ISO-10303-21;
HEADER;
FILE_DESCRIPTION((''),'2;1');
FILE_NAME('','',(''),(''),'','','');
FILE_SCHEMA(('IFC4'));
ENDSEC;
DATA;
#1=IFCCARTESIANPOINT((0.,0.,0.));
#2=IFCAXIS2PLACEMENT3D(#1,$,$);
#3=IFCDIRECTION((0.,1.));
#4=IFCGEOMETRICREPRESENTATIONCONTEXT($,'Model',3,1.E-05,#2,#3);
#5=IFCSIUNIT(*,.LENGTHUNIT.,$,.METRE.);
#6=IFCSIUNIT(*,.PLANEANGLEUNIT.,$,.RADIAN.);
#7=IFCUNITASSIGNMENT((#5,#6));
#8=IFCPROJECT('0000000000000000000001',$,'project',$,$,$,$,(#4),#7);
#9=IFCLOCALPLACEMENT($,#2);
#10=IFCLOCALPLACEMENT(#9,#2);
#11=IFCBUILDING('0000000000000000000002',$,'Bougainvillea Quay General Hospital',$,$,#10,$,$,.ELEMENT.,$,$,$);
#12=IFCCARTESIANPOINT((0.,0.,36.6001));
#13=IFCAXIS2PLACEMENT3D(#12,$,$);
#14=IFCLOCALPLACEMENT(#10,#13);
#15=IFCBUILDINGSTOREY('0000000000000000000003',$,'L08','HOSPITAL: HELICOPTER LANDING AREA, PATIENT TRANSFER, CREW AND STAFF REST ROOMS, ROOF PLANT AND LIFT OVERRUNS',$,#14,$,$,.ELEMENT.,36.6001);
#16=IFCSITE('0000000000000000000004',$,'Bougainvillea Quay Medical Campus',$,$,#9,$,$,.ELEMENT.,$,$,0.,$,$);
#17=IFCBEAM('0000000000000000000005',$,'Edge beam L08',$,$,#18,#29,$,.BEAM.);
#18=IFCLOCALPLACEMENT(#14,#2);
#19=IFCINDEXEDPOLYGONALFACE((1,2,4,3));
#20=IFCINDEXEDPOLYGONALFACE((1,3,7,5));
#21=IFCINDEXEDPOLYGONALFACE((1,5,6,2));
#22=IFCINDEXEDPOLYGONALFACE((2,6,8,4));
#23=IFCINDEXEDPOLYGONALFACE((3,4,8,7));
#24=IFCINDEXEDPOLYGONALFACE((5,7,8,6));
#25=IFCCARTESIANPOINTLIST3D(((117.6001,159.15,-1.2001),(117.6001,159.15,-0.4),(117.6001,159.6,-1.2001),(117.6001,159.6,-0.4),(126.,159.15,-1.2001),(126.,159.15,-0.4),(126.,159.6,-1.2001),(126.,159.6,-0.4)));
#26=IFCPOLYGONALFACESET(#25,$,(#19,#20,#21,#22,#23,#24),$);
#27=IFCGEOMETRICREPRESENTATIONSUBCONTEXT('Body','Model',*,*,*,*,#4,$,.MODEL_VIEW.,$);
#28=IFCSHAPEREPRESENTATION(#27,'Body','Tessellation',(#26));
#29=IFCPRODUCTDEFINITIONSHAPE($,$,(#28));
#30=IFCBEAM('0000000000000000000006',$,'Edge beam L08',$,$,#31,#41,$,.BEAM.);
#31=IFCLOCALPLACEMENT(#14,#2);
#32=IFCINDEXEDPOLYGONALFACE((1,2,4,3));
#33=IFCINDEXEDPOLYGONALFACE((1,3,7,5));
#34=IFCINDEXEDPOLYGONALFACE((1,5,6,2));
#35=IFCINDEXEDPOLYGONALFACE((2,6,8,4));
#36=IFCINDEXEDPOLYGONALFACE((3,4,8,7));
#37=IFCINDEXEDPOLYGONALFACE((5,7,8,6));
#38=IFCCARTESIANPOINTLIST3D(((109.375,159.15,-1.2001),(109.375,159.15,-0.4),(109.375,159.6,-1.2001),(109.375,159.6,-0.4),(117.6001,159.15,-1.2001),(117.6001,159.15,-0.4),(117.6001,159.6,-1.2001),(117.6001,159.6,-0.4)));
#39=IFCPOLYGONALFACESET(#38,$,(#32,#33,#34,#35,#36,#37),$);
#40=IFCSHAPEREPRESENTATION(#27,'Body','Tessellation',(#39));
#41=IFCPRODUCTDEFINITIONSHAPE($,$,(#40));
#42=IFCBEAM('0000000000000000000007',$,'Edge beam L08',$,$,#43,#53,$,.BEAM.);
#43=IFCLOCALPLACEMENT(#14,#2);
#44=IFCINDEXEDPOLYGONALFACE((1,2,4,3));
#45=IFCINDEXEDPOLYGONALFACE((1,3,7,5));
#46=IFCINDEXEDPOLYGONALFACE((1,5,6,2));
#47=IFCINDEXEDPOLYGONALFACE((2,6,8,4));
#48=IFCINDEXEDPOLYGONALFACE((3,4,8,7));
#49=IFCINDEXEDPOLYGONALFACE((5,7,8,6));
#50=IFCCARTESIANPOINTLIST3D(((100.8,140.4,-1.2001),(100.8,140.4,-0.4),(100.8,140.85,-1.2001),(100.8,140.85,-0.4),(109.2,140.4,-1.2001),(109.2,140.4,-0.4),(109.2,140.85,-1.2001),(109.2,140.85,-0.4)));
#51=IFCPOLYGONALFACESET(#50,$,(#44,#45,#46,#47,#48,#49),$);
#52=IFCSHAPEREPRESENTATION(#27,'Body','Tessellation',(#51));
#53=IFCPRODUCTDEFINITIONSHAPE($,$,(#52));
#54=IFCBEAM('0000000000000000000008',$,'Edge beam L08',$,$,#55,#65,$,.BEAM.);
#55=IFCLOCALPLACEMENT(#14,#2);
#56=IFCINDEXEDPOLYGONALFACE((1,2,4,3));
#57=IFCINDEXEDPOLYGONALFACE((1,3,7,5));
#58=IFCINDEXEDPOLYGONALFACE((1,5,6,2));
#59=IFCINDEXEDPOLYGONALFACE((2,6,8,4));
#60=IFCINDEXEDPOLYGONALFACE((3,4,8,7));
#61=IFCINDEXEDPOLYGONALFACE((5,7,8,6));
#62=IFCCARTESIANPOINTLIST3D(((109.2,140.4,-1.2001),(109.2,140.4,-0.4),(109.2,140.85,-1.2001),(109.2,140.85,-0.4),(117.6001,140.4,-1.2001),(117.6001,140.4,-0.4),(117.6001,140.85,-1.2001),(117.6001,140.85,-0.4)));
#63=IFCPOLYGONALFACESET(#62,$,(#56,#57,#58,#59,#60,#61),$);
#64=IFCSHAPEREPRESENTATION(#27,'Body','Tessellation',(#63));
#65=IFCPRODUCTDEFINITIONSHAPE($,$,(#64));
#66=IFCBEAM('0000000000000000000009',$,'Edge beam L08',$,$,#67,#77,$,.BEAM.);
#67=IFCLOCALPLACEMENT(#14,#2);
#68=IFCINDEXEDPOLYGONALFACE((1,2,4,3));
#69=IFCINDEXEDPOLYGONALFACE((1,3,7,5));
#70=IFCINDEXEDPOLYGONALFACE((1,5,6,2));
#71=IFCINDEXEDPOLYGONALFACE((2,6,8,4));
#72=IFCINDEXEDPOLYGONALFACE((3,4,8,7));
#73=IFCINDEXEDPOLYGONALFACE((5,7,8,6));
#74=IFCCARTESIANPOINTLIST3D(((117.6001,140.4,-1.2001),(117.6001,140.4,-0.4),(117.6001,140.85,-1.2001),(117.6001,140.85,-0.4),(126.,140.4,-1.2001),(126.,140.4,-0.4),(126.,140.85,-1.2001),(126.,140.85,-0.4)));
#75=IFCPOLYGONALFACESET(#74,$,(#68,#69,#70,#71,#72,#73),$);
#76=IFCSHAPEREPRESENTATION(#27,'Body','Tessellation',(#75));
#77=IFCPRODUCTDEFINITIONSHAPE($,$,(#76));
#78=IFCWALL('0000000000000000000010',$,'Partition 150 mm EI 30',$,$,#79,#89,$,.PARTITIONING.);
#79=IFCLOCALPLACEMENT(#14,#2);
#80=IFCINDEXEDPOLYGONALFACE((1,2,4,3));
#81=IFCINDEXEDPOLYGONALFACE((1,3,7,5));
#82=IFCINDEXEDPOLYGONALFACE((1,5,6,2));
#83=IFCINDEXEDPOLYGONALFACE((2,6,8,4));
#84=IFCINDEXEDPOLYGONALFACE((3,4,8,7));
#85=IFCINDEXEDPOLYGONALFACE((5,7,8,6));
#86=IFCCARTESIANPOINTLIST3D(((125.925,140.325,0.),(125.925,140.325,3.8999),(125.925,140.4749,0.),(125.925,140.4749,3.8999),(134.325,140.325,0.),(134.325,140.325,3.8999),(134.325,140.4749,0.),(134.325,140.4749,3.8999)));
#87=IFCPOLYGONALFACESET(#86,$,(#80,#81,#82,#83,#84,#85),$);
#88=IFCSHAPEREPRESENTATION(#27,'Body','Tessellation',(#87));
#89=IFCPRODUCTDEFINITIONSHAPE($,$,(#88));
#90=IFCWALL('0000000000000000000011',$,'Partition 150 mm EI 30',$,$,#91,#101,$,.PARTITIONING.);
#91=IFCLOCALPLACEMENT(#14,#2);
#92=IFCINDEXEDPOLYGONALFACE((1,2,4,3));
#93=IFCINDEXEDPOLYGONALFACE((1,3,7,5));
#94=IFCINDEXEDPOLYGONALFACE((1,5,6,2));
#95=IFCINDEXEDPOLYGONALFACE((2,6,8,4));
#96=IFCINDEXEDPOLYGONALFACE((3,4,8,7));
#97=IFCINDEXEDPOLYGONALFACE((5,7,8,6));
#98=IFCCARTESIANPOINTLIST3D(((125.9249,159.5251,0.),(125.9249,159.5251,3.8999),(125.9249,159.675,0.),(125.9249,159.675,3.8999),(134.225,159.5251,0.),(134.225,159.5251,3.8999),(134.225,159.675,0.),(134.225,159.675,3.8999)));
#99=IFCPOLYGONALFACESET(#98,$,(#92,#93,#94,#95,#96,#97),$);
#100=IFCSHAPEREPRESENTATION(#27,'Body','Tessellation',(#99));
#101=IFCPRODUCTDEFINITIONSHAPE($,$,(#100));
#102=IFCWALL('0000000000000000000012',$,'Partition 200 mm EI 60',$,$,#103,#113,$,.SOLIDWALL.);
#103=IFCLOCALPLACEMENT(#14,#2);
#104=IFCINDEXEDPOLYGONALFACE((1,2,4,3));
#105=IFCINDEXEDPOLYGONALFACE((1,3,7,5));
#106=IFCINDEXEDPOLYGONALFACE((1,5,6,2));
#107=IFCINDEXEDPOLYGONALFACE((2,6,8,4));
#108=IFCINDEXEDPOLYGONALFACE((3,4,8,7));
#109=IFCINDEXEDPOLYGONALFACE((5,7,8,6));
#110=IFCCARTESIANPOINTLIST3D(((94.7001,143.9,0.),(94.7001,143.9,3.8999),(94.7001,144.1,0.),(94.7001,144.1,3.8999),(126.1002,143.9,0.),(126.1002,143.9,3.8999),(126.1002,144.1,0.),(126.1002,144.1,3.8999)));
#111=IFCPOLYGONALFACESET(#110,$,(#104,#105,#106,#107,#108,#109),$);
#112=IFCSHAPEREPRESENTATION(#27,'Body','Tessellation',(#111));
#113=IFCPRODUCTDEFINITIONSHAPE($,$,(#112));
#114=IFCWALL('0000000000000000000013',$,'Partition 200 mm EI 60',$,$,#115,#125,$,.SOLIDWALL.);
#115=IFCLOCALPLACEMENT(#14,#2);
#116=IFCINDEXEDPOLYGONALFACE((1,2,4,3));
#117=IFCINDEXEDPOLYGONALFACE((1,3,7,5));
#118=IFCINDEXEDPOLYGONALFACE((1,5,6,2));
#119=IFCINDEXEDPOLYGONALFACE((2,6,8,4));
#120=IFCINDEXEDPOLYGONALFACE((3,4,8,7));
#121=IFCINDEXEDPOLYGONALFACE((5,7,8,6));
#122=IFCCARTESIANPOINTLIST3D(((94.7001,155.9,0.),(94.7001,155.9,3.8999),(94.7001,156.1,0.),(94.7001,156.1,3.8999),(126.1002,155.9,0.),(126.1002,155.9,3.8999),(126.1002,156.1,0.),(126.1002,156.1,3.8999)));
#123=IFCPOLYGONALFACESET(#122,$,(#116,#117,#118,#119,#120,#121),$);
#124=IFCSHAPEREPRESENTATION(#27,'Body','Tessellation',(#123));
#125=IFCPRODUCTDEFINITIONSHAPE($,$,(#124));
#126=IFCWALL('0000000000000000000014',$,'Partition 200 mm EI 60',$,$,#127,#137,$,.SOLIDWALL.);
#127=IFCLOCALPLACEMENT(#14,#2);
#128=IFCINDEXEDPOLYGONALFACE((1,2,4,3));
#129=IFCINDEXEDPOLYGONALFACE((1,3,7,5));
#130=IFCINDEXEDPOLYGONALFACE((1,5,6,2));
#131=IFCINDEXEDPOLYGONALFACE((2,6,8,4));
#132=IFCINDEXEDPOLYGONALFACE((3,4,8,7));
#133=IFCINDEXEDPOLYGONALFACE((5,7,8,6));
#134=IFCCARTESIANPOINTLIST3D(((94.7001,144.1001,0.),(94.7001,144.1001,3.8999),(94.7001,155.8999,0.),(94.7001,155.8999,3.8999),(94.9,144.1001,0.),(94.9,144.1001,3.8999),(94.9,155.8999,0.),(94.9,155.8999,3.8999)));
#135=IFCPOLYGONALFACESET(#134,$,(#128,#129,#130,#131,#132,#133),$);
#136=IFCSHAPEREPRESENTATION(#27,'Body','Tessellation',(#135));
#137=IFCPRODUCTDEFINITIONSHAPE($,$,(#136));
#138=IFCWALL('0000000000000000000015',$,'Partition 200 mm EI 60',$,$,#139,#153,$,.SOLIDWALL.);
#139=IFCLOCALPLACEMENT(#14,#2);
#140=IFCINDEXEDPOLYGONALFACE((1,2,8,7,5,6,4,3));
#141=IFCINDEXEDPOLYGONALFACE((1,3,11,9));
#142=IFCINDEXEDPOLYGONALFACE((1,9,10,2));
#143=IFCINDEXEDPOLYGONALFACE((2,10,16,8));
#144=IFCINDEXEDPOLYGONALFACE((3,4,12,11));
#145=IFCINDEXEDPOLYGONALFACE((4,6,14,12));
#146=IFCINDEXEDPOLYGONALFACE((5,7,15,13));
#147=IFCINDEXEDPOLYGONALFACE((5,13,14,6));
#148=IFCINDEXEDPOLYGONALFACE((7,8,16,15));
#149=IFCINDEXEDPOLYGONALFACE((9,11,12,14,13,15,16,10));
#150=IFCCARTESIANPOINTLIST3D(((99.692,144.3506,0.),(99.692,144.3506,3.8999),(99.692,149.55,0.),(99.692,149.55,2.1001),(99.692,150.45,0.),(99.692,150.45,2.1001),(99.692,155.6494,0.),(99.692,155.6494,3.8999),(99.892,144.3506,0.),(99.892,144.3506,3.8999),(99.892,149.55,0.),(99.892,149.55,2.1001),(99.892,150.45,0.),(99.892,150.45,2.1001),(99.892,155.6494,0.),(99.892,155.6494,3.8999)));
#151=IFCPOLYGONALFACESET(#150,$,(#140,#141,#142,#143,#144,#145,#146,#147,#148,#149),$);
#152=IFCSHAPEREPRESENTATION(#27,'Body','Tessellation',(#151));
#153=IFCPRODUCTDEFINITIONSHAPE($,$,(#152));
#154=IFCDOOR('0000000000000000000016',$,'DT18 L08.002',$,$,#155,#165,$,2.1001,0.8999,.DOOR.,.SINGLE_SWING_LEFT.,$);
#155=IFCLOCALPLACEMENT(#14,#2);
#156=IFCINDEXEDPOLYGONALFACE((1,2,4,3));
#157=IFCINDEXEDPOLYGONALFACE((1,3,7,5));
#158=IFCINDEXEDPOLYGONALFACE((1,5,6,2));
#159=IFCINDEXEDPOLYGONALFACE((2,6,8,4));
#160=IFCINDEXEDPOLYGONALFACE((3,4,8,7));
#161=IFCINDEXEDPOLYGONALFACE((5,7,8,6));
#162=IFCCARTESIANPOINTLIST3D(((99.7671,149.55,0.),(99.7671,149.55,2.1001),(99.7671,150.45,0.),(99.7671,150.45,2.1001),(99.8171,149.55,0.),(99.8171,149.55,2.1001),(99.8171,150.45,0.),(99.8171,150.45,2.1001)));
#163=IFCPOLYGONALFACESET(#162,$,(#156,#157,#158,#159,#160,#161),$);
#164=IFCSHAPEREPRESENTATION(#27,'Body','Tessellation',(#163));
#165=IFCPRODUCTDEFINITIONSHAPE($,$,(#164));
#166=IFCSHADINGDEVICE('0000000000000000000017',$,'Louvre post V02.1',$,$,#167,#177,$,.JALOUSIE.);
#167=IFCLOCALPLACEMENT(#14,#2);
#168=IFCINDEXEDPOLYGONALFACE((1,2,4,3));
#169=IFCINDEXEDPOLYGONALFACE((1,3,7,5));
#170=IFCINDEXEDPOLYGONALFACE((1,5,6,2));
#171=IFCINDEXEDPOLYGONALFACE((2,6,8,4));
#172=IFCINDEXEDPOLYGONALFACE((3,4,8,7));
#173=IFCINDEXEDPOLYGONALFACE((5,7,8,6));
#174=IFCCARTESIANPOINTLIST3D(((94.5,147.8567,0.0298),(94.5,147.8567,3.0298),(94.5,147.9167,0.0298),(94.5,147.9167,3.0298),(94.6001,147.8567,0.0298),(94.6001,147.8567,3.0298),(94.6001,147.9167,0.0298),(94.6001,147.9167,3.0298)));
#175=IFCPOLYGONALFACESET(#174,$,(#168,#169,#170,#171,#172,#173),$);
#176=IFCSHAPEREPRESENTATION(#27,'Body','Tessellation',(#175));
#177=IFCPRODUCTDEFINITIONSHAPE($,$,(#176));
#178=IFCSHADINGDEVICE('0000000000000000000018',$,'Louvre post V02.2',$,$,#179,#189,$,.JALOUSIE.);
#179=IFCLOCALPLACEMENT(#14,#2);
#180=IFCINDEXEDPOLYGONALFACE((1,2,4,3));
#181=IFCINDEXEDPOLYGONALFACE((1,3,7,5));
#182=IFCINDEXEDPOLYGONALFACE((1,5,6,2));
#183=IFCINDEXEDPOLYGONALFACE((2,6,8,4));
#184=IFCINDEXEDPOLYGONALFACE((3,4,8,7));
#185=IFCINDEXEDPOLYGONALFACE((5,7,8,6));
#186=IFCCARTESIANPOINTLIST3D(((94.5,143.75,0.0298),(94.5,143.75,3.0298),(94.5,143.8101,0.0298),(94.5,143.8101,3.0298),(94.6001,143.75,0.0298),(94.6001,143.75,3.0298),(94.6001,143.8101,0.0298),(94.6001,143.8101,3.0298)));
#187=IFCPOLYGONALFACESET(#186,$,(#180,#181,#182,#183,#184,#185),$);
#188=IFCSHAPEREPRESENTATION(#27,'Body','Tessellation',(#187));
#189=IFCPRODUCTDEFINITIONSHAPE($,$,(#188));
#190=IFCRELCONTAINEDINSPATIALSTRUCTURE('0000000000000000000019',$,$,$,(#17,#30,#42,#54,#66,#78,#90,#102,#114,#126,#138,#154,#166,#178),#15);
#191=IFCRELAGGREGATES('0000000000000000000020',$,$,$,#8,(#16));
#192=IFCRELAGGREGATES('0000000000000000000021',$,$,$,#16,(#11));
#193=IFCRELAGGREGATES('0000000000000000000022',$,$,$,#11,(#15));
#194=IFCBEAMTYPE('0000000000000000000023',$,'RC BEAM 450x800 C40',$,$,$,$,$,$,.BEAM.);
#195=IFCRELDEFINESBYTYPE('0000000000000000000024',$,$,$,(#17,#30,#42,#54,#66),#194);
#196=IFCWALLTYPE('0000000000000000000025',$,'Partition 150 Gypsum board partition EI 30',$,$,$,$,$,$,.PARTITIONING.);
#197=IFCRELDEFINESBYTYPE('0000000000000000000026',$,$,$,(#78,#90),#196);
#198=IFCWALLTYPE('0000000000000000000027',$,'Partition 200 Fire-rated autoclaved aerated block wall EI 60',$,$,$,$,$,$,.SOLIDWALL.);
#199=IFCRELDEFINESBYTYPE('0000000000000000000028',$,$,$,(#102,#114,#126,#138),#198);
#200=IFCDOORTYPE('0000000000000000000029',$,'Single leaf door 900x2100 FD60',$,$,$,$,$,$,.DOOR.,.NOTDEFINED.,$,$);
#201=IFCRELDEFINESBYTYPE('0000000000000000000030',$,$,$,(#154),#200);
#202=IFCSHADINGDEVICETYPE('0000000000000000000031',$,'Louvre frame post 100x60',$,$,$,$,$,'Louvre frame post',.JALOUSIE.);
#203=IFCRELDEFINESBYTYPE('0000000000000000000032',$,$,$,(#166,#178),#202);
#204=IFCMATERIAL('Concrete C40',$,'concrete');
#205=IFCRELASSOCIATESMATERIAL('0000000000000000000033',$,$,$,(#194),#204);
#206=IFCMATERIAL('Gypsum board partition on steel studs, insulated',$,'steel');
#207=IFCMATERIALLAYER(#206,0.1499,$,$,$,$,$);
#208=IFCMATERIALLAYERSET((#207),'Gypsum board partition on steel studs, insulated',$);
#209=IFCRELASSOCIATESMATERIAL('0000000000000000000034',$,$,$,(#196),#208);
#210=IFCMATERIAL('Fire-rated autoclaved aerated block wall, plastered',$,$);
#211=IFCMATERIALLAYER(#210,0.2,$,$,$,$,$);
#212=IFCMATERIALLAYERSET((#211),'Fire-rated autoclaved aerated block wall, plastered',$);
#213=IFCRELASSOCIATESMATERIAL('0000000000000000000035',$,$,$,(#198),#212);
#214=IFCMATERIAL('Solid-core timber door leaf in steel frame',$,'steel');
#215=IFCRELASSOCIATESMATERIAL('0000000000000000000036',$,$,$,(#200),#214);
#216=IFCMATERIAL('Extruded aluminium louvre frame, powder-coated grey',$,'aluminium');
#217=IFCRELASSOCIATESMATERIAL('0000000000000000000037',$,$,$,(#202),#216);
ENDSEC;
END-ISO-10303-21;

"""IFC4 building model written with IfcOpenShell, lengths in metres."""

from ifc_helpers import new_model, si_unit, direction, frame, frame_2d, origin, origin_2d, place, context, subcontext, project, spatial, rectangle, extrude, material, layer, layer_set, material_profile, profile_set, type_object, element, fill, save


model = new_model("IFC4")

# Units and contexts
model_context = context("Model", 3, precision=1e-05, world=origin(), true_north=direction((0.0, 1.0)))
body_context = subcontext(model_context, "Body", "Model", "MODEL_VIEW")
ifc_project = project(units=[si_unit("LENGTHUNIT", "METRE"), si_unit("PLANEANGLEUNIT", "RADIAN")], contexts=[model_context])

# Site, building, storey
site_placement = place(None, origin())
site = spatial("IfcSite", under=ifc_project, at=site_placement, Name="Bougainvillea Quay Medical Campus", CompositionType="ELEMENT", RefElevation=0.0)
building_placement = place(site_placement, origin())
building = spatial("IfcBuilding", under=site, at=building_placement, Name="Bougainvillea Quay General Hospital", CompositionType="ELEMENT")
storey_placement = place(building_placement, frame((0.0, 0.0, 36.6001)))
storey = spatial("IfcBuildingStorey", under=building, at=storey_placement, Name="L08", Description="HOSPITAL: HELICOPTER LANDING AREA, PATIENT TRANSFER, CREW AND STAFF REST ROOMS, ROOF PLANT AND LIFT OVERRUNS", CompositionType="ELEMENT", Elevation=36.6001)

# Beams
ifc_material_1 = material(Name="Concrete C40", Category="concrete")
ifc_material_profile_1 = material_profile(ifc_material_1, rectangle(XDim=0.45, YDim=0.8, at=origin_2d()))
ifc_profile_set_1 = profile_set([ifc_material_profile_1], Name="Concrete C40")
beam_type = type_object("IfcBeamType", Name="RC BEAM 450x800 C40", PredefinedType="BEAM", material=ifc_profile_set_1)
beam_1_placement = place(storey_placement, frame((126.0, 159.375, -0.8), z_axis=(-1.0, 0.0, 0.0), x_axis=(0.0, -1.0, 0.0)))
element("IfcBeam", 1, at=beam_1_placement, inside=storey, type_object=beam_type, Name="Edge beam L08", PredefinedType="BEAM", context=body_context, shape_type="SweptSolid", body=[
    extrude(rectangle(XDim=0.45, YDim=0.8, at=origin_2d()), origin(), (0.0, 0.0, 1.0), 8.3999),
])
beam_2_placement = place(storey_placement, frame((117.6001, 159.375, -0.8), z_axis=(-1.0, 0.0, 0.0), x_axis=(0.0, -1.0, 0.0)))
element("IfcBeam", 2, at=beam_2_placement, inside=storey, type_object=beam_type, Name="Edge beam L08", PredefinedType="BEAM", context=body_context, shape_type="SweptSolid", body=[
    extrude(rectangle(XDim=0.45, YDim=0.8, at=origin_2d()), origin(), (0.0, 0.0, 1.0), 8.2251),
])
beam_3_placement = place(storey_placement, frame((100.8, 140.625, -0.8), z_axis=(1.0, 0.0, 0.0), x_axis=(0.0, 1.0, 0.0)))
element("IfcBeam", 3, at=beam_3_placement, inside=storey, type_object=beam_type, Name="Edge beam L08", PredefinedType="BEAM", context=body_context, shape_type="SweptSolid", body=[
    extrude(rectangle(XDim=0.45, YDim=0.8, at=origin_2d()), origin(), (0.0, 0.0, 1.0), 8.3999),
])
beam_4_placement = place(storey_placement, frame((109.2, 140.625, -0.8), z_axis=(1.0, 0.0, 0.0), x_axis=(0.0, 1.0, 0.0)))
element("IfcBeam", 4, at=beam_4_placement, inside=storey, type_object=beam_type, Name="Edge beam L08", PredefinedType="BEAM", context=body_context, shape_type="SweptSolid", body=[
    extrude(rectangle(XDim=0.45, YDim=0.8, at=origin_2d()), origin(), (0.0, 0.0, 1.0), 8.4001),
])
beam_5_placement = place(storey_placement, frame((117.6001, 140.625, -0.8), z_axis=(1.0, 0.0, 0.0), x_axis=(0.0, 1.0, 0.0)))
element("IfcBeam", 5, at=beam_5_placement, inside=storey, type_object=beam_type, Name="Edge beam L08", PredefinedType="BEAM", context=body_context, shape_type="SweptSolid", body=[
    extrude(rectangle(XDim=0.45, YDim=0.8, at=origin_2d()), origin(), (0.0, 0.0, 1.0), 8.3999),
])

# Walls
ifc_material_2 = material(Name="Gypsum board partition on steel studs, insulated", Category="steel")
ifc_layer_1 = layer(ifc_material_2, 0.1499)
ifc_layer_set_1 = layer_set([ifc_layer_1], Name="Gypsum board partition on steel studs, insulated")
wall_type_1 = type_object("IfcWallType", Name="Partition 150 Gypsum board partition EI 30", PredefinedType="PARTITIONING", material=ifc_layer_set_1)
wall_1_placement = place(storey_placement, frame((125.925, 140.3999, 0.0), z_axis=(0.0, 0.0, 1.0), x_axis=(1.0, 0.0, 0.0)))
element("IfcWall", 6, at=wall_1_placement, inside=storey, type_object=wall_type_1, Name="Partition 150 mm EI 30", PredefinedType="PARTITIONING", context=body_context, shape_type="SweptSolid", body=[
    extrude(rectangle(XDim=8.3999, YDim=0.1499, at=frame_2d((4.2, 0.0))), origin(), (0.0, 0.0, 1.0), 3.8999),
])
wall_2_placement = place(storey_placement, frame((125.925, 159.6001, 0.0), z_axis=(0.0, 0.0, 1.0), x_axis=(1.0, 0.0, 0.0)))
element("IfcWall", 7, at=wall_2_placement, inside=storey, type_object=wall_type_1, Name="Partition 150 mm EI 30", PredefinedType="PARTITIONING", context=body_context, shape_type="SweptSolid", body=[
    extrude(rectangle(XDim=8.3, YDim=0.1499, at=frame_2d((4.1499, 0.0))), origin(), (0.0, 0.0, 1.0), 3.8999),
])
ifc_material_3 = material(Name="Fire-rated autoclaved aerated block wall, plastered")
ifc_layer_2 = layer(ifc_material_3, 0.2)
ifc_layer_set_2 = layer_set([ifc_layer_2], Name="Fire-rated autoclaved aerated block wall, plastered")
wall_type_2 = type_object("IfcWallType", Name="Partition 200 Fire-rated autoclaved aerated block wall EI 60", PredefinedType="SOLIDWALL", material=ifc_layer_set_2)
for number, where, z_axis, x_axis, name in (
    (8, (94.7, 144.0, 0.0), (0.0, 0.0, 1.0), (1.0, 0.0, 0.0), "Partition 200 mm EI 60"),
    (9, (94.7, 156.0, 0.0), (0.0, 0.0, 1.0), (1.0, 0.0, 0.0), "Partition 200 mm EI 60"),
):
    element("IfcWall", number, at=place(storey_placement, frame(where, z_axis=z_axis, x_axis=x_axis)), inside=storey, type_object=wall_type_2, Name=name, PredefinedType="SOLIDWALL", context=body_context, shape_type="SweptSolid", body=[
        extrude(rectangle(XDim=31.4001, YDim=0.2, at=frame_2d((15.7002, 0.0))), origin(), (0.0, 0.0, 1.0), 3.8999),
    ])
wall_3_placement = place(storey_placement, frame((94.8, 144.1001, 0.0), z_axis=(0.0, 0.0, 1.0), x_axis=(0.0, 1.0, 0.0)))
element("IfcWall", 10, at=wall_3_placement, inside=storey, type_object=wall_type_2, Name="Partition 200 mm EI 60", PredefinedType="SOLIDWALL", context=body_context, shape_type="SweptSolid", body=[
    extrude(rectangle(XDim=11.7998, YDim=0.2, at=frame_2d((5.8999, 0.0))), origin(), (0.0, 0.0, 1.0), 3.8999),
])

# Wall, opening, door
wall_4_placement = place(storey_placement, frame((99.792, 144.3506, 0.0), z_axis=(0.0, 0.0, 1.0), x_axis=(0.0, 1.0, 0.0)))
wall_4 = element("IfcWall", 11, at=wall_4_placement, inside=storey, type_object=wall_type_2, Name="Partition 200 mm EI 60", PredefinedType="SOLIDWALL", context=body_context, shape_type="SweptSolid", body=[
    extrude(rectangle(XDim=11.2988, YDim=0.2, at=frame_2d((5.6494, 0.0))), origin(), (0.0, 0.0, 1.0), 3.8999),
])
opening_placement = place(wall_4_placement, frame((5.1995, 0.0, 0.0)))
opening = element("IfcOpeningElement", 12, at=opening_placement, cuts=wall_4, PredefinedType="OPENING", context=body_context, shape_type="SweptSolid", body=[
    extrude(rectangle(XDim=0.8999, YDim=2.1001, at=frame_2d((0.45, 1.05))), frame((0.0, 0.1099, 0.0), z_axis=(0.0, -1.0, 0.0), x_axis=(1.0, 0.0, 0.0)), (0.0, 0.0, 1.0), 0.22),
])
ifc_material_4 = material(Name="Solid-core timber door leaf in steel frame", Category="steel")
door_type = type_object("IfcDoorType", Name="Single leaf door 900x2100 FD60", OperationType="NOTDEFINED", PredefinedType="DOOR", material=ifc_material_4)
door_placement = place(opening_placement, origin())
door = element("IfcDoor", 13, at=door_placement, inside=storey, type_object=door_type, Name="DT18 L08.002", OperationType="SINGLE_SWING_LEFT", OverallHeight=2.1001, OverallWidth=0.8999, PredefinedType="DOOR", context=body_context, shape_type="SweptSolid", body=[
    extrude(rectangle(XDim=0.8999, YDim=2.1001, at=frame_2d((0.45, 1.05))), frame((0.0, 0.0249, 0.0), z_axis=(0.0, -1.0, 0.0), x_axis=(1.0, 0.0, 0.0)), (0.0, 0.0, 1.0), 0.05),
])
fill(opening, door)

# Shading devices
ifc_material_5 = material(Name="Extruded aluminium louvre frame, powder-coated grey", Category="aluminium")
ifc_material_profile_2 = material_profile(ifc_material_5, rectangle(XDim=0.1001, YDim=0.0601, at=origin_2d()))
ifc_profile_set_2 = profile_set([ifc_material_profile_2], Name="Extruded aluminium louvre frame, powder-coated grey")
shading_device_type_1 = type_object("IfcShadingDeviceType", Name="Louvre frame post 100x60", ElementType="Louvre frame post", PredefinedType="JALOUSIE", material=ifc_profile_set_2)
for number, where, z_axis, x_axis, name in (
    (14, (94.55, 147.8867, 0.0298), (0.0, 0.0, 1.0), (1.0, 0.0, 0.0), "Louvre post V02.1"),
    (15, (94.55, 143.78, 0.0298), (0.0, 0.0, 1.0), (1.0, 0.0, 0.0), "Louvre post V02.2"),
):
    element("IfcShadingDevice", number, at=place(storey_placement, frame(where, z_axis=z_axis, x_axis=x_axis)), inside=storey, type_object=shading_device_type_1, Name=name, PredefinedType="JALOUSIE", context=body_context, shape_type="SweptSolid", body=[
        extrude(rectangle(XDim=0.1001, YDim=0.0601, at=origin_2d()), origin(), (0.0, 0.0, 1.0), 3.0),
    ])

save(model, "model.ifc")
